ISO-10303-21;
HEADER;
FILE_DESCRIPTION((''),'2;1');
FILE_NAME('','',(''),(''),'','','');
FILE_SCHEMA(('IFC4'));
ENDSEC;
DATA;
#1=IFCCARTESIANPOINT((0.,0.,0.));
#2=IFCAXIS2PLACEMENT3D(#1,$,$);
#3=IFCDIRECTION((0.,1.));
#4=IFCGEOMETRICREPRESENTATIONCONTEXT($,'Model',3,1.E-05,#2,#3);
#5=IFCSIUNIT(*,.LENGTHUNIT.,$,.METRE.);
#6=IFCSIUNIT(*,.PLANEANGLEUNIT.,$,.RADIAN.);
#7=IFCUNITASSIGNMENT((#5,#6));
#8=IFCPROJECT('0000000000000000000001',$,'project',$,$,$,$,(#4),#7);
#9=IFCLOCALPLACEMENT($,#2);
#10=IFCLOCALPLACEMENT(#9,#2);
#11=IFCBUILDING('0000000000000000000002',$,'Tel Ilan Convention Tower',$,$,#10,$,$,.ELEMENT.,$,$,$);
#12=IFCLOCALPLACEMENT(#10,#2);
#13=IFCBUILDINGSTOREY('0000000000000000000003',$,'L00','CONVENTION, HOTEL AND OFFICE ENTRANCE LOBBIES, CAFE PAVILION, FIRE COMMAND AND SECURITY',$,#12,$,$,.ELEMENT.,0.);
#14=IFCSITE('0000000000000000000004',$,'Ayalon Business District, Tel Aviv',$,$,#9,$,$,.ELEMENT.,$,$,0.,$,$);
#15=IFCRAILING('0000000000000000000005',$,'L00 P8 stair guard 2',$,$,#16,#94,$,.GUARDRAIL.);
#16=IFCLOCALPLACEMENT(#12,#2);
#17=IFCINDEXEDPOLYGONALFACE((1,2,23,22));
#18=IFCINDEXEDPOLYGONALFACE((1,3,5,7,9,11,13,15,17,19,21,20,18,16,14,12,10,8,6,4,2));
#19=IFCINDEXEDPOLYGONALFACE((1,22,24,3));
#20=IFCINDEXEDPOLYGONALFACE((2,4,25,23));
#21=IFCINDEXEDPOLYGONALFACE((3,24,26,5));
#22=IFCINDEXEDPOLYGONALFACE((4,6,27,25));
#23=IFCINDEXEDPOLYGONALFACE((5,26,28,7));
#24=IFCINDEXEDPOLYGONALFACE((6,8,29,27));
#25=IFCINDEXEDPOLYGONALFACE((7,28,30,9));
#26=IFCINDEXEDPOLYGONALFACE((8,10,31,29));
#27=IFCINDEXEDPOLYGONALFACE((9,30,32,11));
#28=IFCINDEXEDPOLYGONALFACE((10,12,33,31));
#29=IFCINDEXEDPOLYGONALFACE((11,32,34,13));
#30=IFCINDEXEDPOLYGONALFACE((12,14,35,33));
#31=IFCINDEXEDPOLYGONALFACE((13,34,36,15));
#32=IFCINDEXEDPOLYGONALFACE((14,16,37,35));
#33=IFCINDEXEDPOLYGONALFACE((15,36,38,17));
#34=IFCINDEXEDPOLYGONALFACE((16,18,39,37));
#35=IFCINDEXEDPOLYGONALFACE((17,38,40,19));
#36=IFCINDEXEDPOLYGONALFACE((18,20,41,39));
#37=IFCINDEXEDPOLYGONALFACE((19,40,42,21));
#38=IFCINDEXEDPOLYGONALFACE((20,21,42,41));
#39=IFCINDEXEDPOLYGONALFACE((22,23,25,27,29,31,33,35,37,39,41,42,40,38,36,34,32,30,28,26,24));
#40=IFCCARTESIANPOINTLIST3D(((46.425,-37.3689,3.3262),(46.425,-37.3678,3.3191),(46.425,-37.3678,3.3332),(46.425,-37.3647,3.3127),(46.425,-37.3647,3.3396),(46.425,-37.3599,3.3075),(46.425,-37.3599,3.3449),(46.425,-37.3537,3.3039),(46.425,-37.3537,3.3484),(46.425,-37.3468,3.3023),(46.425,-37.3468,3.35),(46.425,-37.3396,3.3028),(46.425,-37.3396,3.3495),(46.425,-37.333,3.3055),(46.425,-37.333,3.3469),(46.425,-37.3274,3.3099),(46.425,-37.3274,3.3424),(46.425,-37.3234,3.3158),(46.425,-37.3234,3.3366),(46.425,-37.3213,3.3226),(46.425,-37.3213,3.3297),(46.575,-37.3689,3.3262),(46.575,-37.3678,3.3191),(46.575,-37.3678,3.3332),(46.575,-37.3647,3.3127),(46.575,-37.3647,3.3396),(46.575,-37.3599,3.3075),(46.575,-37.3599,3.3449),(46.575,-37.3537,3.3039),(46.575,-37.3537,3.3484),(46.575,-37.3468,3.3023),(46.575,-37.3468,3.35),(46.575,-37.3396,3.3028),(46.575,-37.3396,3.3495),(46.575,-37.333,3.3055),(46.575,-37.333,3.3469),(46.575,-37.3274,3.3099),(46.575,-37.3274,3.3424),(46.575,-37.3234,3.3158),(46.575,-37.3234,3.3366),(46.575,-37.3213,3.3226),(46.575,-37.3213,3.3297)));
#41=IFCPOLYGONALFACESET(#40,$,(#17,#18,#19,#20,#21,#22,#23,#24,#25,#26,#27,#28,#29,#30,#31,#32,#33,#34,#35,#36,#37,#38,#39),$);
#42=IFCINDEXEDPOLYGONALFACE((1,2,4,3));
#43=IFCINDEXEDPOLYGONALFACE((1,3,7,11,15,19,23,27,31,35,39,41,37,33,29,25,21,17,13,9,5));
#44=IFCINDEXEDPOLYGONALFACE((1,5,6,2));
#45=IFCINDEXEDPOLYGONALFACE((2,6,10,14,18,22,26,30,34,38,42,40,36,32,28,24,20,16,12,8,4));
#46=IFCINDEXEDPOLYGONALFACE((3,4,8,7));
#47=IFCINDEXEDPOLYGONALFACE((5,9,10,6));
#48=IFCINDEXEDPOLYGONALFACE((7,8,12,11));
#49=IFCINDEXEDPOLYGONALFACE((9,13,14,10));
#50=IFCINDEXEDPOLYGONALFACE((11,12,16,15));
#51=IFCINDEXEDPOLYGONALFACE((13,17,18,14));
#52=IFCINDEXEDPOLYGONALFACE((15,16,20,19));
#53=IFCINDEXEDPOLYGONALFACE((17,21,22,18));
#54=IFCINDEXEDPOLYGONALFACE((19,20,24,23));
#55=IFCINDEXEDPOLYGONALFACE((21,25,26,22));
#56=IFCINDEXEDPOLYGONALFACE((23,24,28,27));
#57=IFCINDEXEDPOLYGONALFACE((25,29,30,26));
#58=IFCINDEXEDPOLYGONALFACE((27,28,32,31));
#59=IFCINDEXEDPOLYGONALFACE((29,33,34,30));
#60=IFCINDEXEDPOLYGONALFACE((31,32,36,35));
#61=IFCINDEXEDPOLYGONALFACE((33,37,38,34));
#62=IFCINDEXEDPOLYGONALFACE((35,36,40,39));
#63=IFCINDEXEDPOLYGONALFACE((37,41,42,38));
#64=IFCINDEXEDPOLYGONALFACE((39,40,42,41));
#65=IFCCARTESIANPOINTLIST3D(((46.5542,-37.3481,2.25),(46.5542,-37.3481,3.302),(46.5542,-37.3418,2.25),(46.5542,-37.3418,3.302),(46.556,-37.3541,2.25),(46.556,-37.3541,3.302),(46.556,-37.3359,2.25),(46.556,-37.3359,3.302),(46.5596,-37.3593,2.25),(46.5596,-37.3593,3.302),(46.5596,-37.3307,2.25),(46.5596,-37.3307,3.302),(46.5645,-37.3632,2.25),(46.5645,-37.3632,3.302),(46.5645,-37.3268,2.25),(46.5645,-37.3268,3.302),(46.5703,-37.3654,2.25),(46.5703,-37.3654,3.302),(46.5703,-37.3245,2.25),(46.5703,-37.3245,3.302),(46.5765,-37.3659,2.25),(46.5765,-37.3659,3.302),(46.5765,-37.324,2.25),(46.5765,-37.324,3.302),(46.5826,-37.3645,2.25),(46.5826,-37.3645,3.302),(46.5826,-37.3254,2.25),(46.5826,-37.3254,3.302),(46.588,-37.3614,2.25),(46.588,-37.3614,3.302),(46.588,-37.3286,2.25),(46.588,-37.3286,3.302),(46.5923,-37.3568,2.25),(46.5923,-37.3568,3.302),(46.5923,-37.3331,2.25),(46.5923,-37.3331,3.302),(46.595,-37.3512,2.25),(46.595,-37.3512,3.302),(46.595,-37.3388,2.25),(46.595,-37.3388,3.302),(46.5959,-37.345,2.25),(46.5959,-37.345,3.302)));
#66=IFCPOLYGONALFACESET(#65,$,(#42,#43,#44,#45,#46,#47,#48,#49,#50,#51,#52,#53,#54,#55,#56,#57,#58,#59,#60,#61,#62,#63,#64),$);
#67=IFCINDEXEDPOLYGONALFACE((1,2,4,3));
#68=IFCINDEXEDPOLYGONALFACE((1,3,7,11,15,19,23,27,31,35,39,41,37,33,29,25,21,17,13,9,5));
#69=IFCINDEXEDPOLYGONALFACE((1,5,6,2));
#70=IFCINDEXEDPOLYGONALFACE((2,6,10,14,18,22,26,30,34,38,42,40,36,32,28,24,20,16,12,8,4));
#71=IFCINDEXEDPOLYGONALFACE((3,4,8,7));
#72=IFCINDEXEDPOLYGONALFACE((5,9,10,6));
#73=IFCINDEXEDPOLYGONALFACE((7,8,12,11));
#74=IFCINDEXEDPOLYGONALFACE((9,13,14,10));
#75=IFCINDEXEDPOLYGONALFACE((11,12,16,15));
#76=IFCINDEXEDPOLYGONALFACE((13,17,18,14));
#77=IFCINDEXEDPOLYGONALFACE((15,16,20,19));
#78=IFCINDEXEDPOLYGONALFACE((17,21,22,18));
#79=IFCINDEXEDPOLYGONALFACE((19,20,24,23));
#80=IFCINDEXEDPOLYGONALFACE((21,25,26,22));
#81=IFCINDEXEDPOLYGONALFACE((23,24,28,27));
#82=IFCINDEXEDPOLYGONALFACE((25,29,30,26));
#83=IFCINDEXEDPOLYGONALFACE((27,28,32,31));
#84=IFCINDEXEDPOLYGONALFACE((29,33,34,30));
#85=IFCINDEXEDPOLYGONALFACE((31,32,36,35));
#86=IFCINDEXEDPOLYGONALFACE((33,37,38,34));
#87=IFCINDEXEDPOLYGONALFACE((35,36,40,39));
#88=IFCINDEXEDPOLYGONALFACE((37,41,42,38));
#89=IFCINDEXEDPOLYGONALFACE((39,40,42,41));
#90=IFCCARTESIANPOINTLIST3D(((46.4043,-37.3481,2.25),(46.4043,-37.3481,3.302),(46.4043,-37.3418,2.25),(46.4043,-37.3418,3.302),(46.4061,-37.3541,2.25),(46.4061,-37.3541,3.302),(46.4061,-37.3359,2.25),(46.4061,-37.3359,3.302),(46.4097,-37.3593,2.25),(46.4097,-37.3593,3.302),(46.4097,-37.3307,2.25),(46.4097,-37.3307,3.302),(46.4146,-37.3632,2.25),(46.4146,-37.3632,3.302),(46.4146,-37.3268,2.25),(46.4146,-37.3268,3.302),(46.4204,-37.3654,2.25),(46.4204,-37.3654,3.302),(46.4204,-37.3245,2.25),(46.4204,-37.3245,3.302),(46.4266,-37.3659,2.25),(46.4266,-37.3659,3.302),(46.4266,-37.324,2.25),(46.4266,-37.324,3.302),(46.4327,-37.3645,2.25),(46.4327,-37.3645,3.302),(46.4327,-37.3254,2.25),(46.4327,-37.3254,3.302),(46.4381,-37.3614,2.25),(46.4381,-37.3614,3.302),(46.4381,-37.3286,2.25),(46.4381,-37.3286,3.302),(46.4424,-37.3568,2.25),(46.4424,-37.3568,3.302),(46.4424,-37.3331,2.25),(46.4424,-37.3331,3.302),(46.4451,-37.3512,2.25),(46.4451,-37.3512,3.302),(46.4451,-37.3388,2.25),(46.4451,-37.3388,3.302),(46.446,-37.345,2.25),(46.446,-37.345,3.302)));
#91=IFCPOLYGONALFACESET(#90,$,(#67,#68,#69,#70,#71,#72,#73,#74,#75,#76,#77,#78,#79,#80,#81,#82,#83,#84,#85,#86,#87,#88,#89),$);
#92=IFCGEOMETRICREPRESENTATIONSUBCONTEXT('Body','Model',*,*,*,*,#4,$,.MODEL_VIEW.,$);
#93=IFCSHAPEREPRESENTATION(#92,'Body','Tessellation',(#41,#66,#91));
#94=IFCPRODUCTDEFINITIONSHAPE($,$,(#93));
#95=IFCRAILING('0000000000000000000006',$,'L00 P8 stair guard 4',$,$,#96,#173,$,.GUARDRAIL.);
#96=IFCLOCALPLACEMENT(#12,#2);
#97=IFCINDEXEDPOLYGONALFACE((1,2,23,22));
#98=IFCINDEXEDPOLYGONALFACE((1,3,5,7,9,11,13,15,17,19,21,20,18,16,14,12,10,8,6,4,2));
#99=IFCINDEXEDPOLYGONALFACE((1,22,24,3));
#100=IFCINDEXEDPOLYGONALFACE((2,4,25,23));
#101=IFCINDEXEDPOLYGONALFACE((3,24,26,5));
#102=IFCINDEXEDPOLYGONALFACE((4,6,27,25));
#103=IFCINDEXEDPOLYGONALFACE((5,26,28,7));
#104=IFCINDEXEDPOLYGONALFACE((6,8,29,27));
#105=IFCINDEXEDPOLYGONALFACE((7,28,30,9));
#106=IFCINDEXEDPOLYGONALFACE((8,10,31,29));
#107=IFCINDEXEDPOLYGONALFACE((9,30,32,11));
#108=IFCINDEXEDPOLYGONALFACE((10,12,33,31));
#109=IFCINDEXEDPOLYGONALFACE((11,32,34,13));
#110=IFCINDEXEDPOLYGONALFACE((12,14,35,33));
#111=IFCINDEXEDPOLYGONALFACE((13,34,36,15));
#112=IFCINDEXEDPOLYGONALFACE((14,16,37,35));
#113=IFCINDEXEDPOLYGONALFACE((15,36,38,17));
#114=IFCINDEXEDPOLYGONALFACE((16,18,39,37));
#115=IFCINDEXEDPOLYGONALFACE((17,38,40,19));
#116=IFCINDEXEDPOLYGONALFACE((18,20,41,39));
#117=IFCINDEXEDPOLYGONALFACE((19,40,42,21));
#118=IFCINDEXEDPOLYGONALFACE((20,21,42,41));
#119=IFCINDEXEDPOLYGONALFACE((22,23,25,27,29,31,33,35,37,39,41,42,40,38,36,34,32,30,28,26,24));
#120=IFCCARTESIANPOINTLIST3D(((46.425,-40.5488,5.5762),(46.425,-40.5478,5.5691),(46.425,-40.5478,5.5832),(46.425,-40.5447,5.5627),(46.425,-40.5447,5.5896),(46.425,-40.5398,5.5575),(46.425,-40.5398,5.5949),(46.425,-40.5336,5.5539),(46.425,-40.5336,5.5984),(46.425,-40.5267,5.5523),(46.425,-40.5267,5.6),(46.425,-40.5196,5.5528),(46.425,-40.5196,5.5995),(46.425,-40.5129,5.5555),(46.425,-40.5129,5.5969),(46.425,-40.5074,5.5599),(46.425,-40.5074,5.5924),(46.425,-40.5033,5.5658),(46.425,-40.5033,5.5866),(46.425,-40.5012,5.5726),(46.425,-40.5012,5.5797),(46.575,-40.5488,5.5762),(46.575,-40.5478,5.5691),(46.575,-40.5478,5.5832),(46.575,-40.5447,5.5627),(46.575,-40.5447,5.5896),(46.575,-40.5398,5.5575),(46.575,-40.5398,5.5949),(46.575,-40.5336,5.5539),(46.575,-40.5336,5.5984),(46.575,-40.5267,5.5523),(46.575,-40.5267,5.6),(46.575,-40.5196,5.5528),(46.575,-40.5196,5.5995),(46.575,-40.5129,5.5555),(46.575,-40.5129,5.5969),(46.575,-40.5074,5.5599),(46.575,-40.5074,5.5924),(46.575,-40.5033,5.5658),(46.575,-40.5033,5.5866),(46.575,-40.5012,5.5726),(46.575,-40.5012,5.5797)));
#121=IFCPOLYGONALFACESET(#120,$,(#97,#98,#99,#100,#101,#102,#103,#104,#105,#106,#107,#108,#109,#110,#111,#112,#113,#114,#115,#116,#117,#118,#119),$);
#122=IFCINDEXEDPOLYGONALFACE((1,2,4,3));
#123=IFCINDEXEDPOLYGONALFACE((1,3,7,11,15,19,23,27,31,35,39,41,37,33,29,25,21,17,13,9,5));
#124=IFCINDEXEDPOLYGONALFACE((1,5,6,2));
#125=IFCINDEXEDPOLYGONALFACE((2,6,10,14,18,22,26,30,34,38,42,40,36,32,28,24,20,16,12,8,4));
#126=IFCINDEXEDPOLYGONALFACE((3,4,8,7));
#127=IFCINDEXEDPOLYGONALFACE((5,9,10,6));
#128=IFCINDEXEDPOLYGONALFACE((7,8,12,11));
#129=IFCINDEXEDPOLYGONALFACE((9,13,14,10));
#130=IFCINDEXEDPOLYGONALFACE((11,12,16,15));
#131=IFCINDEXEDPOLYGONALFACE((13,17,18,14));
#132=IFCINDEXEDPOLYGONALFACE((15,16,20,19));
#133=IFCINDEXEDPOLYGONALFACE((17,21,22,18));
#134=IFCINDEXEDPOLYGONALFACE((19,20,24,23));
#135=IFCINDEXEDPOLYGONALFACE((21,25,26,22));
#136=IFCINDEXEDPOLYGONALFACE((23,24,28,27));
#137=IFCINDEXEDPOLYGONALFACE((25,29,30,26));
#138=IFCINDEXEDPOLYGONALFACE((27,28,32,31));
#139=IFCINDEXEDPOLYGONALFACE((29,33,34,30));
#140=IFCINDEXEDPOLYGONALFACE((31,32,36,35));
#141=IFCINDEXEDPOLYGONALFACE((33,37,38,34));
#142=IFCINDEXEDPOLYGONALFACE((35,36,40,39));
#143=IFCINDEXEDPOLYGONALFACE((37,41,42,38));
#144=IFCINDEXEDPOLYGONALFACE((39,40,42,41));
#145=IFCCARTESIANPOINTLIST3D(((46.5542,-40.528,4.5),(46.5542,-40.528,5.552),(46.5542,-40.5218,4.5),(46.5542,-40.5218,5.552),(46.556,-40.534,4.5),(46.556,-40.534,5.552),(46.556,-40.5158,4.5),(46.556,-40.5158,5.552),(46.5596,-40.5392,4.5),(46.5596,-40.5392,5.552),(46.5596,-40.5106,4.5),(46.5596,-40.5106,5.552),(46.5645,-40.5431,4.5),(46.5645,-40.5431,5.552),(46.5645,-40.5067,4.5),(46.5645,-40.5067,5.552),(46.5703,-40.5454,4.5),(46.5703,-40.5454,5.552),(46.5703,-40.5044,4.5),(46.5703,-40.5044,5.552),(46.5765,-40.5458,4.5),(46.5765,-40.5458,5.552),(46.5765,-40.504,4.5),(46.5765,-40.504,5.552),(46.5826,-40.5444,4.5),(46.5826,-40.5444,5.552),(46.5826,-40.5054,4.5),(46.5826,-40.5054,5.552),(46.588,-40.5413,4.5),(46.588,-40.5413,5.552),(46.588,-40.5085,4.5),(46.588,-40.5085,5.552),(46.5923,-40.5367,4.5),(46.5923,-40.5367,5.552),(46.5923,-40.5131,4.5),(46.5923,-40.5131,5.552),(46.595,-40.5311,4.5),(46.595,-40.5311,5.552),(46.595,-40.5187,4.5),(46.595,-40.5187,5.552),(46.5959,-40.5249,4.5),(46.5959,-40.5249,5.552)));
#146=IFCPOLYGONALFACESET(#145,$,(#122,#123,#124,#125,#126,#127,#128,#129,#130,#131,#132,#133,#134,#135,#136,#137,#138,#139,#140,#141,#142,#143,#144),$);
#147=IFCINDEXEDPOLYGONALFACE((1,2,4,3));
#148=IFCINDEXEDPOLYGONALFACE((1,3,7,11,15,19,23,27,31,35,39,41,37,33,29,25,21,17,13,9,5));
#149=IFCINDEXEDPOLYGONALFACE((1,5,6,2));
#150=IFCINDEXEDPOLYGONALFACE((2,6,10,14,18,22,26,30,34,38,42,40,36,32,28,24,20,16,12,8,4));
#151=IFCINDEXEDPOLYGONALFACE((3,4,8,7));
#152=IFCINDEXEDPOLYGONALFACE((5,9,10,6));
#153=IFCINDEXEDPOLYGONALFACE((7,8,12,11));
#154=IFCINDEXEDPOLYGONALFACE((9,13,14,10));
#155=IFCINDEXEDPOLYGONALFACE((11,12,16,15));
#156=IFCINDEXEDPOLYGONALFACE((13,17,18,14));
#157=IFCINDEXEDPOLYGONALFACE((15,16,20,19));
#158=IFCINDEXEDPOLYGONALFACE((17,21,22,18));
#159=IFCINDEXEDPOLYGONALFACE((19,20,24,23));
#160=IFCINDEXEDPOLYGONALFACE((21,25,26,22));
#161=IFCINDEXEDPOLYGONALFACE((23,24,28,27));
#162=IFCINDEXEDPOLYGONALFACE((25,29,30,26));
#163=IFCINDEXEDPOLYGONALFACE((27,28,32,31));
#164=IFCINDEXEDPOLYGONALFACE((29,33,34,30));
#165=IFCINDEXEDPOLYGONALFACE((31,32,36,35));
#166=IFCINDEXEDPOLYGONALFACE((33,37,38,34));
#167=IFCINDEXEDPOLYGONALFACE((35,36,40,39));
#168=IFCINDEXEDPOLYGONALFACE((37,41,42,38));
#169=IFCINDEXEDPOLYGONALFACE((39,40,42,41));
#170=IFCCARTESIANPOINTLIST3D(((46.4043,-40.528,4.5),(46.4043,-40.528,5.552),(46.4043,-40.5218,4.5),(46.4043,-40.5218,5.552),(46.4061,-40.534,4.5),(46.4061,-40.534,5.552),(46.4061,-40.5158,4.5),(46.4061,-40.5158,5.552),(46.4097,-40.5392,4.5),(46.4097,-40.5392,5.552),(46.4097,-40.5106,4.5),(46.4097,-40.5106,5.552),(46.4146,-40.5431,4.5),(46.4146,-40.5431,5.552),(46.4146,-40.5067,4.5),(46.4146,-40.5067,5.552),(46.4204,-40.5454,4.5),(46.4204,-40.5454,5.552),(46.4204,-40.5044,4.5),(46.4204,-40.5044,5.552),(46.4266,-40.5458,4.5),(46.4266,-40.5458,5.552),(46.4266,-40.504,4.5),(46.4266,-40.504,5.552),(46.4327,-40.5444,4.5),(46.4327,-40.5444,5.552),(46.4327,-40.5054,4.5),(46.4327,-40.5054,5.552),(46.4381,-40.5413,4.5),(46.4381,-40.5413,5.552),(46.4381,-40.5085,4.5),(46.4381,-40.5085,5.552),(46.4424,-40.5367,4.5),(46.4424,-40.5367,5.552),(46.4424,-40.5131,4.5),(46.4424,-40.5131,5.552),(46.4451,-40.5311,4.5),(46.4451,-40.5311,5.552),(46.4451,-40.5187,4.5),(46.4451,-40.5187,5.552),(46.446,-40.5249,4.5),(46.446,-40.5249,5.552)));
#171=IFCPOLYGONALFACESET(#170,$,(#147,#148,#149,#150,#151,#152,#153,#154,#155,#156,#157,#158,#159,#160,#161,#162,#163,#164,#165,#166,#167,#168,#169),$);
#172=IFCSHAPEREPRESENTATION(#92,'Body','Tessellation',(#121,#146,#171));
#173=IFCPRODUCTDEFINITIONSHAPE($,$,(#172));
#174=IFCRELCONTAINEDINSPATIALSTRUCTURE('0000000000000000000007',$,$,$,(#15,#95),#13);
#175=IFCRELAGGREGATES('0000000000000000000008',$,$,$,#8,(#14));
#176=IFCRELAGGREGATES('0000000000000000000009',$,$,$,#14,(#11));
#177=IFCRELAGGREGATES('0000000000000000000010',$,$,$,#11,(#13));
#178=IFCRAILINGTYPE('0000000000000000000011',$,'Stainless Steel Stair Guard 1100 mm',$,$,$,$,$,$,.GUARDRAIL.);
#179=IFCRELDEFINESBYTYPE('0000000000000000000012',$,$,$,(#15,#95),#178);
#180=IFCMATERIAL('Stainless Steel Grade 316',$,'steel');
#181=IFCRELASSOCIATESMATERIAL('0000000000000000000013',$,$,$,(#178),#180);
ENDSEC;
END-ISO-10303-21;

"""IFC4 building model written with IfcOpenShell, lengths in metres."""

from ifc_helpers import new_model, si_unit, direction, frame, origin, origin_2d, place, context, subcontext, project, spatial, circle, extrude, material, type_object, element, save


model = new_model("IFC4")

# Units and contexts
model_context = context("Model", 3, precision=1e-05, world=origin(), true_north=direction((0.0, 1.0)))
body_context = subcontext(model_context, "Body", "Model", "MODEL_VIEW")
ifc_project = project(units=[si_unit("LENGTHUNIT", "METRE"), si_unit("PLANEANGLEUNIT", "RADIAN")], contexts=[model_context])

# Site, building, storey
site_placement = place(None, origin())
site = spatial("IfcSite", under=ifc_project, at=site_placement, Name="Ayalon Business District, Tel Aviv", CompositionType="ELEMENT", RefElevation=0.0)
building_placement = place(site_placement, origin())
building = spatial("IfcBuilding", under=site, at=building_placement, Name="Tel Ilan Convention Tower", CompositionType="ELEMENT")
storey_placement = place(building_placement, origin())
storey = spatial("IfcBuildingStorey", under=building, at=storey_placement, Name="L00", Description="CONVENTION, HOTEL AND OFFICE ENTRANCE LOBBIES, CAFE PAVILION, FIRE COMMAND AND SECURITY", CompositionType="ELEMENT", Elevation=0.0)

# Railings
ifc_material_1 = material(Name="Stainless Steel Grade 316", Category="steel")
railing_type_1 = type_object("IfcRailingType", Name="Stainless Steel Stair Guard 1100 mm", PredefinedType="GUARDRAIL", material=ifc_material_1)
for number, where, name in (
    (1, (46.575, -37.345, 2.25), "L00 P8 stair guard 2"),
    (2, (46.575, -40.5249, 4.5), "L00 P8 stair guard 4"),
):
    element("IfcRailing", number, at=place(storey_placement, frame(where)), inside=storey, type_object=railing_type_1, Name=name, PredefinedType="GUARDRAIL", context=body_context, shape_type="SweptSolid", body=[
        extrude(circle(Radius=0.0239, at=origin_2d()), frame((0.0, 0.0, 1.0762), z_axis=(-1.0, 0.0, 0.0), x_axis=(0.0, -1.0, 0.0)), (0.0, 0.0, 1.0), 0.1499),
        extrude(circle(Radius=0.021, at=origin_2d()), origin(), (0.0, 0.0, 1.0), 1.052),
        extrude(circle(Radius=0.021, at=origin_2d()), frame((-0.1499, 0.0, 0.0)), (0.0, 0.0, 1.0), 1.052),
    ])

save(model, "model.ifc")
